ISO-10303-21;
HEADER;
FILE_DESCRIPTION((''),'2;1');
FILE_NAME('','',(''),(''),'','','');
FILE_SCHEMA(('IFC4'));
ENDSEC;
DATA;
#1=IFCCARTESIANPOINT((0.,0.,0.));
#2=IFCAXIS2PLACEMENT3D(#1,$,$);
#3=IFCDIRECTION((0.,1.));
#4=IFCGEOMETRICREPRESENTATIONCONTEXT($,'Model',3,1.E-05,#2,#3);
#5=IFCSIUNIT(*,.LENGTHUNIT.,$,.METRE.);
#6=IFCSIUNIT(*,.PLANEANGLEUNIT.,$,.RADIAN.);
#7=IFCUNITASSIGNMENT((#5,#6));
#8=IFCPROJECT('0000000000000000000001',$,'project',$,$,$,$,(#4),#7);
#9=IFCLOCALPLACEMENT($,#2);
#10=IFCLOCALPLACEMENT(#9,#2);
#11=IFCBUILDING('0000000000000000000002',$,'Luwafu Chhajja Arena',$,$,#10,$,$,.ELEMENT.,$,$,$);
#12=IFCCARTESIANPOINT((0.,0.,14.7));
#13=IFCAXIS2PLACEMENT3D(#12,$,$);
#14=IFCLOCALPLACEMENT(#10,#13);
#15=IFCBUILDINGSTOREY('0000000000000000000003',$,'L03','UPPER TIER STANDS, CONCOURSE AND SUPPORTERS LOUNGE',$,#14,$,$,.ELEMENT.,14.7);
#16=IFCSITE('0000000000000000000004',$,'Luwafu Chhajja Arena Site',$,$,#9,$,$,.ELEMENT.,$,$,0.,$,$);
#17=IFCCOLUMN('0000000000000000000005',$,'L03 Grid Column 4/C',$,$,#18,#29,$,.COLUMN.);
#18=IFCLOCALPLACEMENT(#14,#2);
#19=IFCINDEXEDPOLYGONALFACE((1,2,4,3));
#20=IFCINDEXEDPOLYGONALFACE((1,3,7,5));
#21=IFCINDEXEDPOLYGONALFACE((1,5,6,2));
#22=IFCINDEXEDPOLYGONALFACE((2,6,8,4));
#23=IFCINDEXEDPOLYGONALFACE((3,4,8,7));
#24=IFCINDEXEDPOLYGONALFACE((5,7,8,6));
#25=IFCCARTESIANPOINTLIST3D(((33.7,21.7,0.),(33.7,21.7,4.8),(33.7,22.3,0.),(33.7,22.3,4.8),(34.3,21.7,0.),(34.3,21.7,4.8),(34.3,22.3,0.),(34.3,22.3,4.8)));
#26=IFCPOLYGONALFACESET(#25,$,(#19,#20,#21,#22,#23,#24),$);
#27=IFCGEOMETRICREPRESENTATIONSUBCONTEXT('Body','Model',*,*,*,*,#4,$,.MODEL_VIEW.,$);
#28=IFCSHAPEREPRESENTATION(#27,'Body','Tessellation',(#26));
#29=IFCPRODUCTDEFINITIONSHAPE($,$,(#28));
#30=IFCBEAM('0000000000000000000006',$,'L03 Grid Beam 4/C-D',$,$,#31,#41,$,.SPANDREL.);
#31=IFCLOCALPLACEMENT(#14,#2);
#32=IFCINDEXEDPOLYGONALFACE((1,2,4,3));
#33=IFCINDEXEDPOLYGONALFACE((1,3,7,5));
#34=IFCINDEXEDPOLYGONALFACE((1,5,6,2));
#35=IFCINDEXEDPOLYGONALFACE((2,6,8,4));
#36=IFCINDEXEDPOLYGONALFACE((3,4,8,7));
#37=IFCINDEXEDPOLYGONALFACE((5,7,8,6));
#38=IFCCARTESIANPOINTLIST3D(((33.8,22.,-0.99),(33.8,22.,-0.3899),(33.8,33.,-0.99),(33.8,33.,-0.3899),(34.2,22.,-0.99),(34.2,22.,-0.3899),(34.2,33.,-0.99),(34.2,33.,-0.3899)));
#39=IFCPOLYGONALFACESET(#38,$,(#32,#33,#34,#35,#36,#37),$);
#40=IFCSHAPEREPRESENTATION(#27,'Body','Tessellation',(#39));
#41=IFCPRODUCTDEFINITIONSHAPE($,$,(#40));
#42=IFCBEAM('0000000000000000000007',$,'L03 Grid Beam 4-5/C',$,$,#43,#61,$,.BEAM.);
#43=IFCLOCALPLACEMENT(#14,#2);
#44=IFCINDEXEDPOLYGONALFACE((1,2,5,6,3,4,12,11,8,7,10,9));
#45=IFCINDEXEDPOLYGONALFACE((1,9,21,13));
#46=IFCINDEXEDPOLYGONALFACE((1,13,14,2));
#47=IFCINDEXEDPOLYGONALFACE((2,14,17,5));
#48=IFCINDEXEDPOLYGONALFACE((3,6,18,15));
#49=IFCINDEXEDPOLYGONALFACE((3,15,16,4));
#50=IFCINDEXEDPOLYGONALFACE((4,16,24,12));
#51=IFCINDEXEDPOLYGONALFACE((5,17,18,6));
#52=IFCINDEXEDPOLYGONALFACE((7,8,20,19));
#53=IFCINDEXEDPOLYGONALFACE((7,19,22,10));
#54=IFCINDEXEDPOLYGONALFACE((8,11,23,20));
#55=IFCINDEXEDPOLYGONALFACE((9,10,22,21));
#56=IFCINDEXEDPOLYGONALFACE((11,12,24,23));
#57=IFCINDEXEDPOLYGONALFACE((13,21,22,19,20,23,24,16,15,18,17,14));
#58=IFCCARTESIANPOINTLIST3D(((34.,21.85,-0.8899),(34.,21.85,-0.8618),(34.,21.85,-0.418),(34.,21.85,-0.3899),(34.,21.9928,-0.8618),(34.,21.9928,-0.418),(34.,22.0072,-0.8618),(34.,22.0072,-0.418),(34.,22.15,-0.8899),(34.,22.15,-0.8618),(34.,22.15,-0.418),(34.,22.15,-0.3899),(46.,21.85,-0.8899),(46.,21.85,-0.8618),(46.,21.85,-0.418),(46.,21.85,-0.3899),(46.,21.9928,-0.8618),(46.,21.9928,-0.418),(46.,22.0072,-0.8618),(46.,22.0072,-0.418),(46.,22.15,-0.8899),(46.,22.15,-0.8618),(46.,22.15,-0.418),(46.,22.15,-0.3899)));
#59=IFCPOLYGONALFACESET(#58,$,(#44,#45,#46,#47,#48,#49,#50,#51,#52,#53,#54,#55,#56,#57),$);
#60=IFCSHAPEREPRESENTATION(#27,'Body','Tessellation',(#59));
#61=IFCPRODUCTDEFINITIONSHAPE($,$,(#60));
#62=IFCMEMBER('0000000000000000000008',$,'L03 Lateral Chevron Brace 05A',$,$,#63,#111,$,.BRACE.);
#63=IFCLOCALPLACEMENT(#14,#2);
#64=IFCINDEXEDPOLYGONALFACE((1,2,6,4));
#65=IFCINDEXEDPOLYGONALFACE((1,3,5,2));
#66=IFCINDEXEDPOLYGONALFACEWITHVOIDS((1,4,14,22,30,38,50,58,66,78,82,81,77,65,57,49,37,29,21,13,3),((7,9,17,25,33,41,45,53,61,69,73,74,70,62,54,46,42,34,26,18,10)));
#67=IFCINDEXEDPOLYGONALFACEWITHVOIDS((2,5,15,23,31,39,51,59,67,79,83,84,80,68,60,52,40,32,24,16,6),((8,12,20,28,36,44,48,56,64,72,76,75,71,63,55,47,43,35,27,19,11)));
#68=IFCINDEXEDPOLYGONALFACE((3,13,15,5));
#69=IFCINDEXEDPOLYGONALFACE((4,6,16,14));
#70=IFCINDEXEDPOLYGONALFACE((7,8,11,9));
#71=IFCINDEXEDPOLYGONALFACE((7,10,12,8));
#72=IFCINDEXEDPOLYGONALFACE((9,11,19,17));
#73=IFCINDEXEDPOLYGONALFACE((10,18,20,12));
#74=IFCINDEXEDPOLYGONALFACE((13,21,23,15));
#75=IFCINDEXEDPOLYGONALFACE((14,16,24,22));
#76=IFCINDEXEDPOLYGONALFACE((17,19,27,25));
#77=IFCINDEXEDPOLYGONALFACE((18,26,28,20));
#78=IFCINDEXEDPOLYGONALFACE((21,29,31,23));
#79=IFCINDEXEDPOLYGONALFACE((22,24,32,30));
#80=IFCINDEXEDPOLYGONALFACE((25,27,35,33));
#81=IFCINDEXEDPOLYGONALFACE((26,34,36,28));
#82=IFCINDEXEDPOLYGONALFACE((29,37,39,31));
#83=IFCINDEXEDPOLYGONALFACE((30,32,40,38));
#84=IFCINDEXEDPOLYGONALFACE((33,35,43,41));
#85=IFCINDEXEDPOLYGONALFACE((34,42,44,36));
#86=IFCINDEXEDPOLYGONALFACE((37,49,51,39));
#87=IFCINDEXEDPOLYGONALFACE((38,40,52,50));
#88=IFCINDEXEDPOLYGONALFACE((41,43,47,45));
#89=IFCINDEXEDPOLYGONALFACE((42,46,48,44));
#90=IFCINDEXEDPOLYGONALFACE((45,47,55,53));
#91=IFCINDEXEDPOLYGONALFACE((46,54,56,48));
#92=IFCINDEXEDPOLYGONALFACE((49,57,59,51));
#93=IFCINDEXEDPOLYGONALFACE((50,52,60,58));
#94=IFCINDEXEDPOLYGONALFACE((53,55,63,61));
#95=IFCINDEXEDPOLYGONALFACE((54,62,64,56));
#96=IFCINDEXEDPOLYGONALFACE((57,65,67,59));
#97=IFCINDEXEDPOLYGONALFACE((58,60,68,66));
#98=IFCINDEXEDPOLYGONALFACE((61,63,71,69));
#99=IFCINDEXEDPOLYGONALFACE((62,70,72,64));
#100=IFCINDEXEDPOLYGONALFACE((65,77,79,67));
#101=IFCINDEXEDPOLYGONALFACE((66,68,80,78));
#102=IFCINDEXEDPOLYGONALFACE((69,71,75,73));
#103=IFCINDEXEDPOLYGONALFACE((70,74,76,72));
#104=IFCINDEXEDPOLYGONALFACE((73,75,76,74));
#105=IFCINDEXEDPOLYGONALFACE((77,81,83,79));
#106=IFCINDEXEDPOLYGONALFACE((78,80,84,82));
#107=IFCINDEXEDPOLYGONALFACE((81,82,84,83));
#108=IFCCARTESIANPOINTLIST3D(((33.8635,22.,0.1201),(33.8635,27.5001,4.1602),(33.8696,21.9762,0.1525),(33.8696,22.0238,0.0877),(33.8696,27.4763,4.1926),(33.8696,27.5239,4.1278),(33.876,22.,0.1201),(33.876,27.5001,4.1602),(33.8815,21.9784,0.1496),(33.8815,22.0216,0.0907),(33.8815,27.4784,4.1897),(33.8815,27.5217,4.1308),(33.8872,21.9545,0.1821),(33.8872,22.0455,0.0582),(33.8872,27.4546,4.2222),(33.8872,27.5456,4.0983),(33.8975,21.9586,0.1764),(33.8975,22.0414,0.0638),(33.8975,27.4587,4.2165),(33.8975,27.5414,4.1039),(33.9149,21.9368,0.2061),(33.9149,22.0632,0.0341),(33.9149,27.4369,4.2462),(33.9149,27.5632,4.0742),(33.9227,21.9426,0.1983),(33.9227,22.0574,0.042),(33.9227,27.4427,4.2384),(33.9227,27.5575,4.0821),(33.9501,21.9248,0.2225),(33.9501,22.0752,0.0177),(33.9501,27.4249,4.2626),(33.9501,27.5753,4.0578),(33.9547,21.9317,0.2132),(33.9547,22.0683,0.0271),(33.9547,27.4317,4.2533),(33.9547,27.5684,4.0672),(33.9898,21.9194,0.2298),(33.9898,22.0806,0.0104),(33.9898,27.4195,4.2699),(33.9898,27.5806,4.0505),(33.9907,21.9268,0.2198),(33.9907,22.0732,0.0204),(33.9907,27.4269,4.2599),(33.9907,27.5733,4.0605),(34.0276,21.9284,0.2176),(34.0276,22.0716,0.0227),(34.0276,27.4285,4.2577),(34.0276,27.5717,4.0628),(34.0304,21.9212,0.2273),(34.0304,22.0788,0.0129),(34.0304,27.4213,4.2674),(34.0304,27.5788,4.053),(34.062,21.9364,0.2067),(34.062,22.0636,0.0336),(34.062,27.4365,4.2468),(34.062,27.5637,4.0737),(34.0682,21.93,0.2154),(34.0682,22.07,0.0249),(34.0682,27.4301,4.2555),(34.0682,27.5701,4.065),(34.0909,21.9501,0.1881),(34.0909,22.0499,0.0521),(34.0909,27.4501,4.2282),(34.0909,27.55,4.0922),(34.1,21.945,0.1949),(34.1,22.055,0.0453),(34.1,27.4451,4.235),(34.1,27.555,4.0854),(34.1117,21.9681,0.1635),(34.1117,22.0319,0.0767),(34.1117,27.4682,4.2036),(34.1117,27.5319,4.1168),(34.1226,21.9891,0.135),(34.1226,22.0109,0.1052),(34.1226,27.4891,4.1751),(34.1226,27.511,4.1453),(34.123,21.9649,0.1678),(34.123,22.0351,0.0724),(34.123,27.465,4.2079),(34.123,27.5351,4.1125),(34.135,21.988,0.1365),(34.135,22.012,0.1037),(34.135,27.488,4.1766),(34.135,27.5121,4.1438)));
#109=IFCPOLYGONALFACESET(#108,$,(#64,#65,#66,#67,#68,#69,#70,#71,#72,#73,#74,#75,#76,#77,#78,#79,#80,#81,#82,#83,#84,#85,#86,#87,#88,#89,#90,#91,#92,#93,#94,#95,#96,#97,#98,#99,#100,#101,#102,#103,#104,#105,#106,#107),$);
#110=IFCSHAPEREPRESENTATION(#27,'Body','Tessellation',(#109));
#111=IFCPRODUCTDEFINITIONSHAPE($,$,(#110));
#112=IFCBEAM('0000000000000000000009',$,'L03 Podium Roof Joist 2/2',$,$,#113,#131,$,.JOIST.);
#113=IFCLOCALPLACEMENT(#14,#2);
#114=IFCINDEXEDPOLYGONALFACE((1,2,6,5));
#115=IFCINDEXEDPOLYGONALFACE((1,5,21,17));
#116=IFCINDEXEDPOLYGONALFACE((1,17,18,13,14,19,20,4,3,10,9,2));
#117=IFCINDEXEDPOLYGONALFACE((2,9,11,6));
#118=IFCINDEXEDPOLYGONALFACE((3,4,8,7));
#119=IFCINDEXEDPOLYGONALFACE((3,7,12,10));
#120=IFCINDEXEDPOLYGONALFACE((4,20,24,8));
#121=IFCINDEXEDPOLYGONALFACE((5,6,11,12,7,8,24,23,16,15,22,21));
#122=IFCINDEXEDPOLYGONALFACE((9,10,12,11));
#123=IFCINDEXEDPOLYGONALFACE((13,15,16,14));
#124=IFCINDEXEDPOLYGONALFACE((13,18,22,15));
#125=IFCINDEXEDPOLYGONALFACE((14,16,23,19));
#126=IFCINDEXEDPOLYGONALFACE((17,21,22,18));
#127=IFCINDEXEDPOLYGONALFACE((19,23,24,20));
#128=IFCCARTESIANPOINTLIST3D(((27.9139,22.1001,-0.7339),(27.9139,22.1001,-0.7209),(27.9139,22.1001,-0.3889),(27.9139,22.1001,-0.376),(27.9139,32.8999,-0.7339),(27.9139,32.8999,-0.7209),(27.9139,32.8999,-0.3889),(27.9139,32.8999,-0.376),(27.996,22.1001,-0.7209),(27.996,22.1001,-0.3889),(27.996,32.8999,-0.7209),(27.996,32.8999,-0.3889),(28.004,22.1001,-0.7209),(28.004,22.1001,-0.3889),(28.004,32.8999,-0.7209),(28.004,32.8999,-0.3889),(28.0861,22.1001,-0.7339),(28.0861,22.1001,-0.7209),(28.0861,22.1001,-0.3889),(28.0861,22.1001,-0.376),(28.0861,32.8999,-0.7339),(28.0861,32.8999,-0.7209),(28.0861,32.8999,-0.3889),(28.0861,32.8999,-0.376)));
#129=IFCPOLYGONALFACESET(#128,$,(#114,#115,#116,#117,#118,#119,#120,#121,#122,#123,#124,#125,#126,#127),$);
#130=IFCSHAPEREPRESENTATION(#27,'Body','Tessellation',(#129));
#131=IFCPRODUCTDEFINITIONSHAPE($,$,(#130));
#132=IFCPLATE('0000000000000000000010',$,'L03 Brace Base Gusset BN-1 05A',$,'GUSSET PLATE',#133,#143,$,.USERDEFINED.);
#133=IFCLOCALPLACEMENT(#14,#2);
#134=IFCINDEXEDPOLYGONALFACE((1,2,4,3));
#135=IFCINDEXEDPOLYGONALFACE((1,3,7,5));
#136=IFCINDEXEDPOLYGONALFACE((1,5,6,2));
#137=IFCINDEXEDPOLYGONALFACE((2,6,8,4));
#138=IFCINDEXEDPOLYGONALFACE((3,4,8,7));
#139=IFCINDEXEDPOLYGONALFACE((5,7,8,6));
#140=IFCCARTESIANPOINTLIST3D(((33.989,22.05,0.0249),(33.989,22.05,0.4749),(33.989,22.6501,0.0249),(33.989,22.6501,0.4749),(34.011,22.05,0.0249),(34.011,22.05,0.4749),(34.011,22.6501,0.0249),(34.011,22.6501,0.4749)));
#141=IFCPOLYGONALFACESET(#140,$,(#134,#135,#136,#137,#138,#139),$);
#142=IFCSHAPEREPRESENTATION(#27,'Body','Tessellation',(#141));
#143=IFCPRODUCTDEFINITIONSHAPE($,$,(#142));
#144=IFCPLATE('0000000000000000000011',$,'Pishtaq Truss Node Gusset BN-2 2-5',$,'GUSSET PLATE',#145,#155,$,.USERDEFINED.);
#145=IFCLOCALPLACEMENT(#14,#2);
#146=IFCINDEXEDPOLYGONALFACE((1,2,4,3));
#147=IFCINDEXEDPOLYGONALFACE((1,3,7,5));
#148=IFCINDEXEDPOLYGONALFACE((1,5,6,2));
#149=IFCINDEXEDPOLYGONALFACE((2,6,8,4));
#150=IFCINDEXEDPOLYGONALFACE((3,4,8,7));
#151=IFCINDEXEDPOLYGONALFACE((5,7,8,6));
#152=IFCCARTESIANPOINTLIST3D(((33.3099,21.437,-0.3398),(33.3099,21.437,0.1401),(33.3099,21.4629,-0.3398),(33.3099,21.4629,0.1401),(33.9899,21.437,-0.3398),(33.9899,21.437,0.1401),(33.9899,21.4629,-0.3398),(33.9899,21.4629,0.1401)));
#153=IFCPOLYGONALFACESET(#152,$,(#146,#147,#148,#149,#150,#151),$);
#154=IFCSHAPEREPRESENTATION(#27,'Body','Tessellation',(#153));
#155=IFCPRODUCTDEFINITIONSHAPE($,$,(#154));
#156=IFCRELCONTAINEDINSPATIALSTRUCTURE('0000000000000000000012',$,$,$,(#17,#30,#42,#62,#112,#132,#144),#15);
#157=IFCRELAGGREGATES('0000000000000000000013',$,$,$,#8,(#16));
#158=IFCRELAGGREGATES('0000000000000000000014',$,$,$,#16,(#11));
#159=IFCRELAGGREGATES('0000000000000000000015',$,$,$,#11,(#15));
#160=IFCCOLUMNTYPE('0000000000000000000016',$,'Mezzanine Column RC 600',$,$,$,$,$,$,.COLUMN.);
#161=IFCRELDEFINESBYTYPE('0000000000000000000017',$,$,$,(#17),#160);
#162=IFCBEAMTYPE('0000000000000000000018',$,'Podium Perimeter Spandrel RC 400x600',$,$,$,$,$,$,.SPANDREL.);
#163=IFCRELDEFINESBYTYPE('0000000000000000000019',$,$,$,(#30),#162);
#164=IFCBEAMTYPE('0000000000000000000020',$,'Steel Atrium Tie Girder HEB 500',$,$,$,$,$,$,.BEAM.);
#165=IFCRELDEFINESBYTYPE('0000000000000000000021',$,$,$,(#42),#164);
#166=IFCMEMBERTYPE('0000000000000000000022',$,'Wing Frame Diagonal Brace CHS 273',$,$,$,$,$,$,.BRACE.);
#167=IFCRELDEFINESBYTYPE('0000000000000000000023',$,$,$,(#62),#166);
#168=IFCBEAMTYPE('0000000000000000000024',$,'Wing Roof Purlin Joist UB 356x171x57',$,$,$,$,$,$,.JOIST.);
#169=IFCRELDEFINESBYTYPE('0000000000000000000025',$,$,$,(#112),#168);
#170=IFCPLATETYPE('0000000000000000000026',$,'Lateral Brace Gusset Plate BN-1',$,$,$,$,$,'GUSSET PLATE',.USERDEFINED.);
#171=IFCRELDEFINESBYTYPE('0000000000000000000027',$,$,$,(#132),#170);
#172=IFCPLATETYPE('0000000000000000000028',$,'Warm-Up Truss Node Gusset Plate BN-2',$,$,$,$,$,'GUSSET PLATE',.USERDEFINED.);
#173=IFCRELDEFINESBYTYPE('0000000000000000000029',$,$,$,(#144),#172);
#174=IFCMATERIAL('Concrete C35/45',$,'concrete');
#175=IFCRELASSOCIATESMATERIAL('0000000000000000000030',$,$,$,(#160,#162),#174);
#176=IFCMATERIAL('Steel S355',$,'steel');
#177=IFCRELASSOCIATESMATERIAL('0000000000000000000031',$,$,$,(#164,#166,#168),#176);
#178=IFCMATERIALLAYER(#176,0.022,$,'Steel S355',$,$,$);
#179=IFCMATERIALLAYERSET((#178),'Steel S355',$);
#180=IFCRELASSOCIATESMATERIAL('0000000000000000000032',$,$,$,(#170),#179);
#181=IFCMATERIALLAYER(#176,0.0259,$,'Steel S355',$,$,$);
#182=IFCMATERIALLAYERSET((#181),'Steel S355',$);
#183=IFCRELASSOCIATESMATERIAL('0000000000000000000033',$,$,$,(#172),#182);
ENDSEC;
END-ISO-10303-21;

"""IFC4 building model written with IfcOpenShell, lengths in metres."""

from ifc_helpers import new_model, si_unit, direction, frame, origin, origin_2d, place, context, subcontext, project, spatial, rectangle, hollow_circle, i_section, extrude, material, layer, layer_set, material_profile, profile_set, type_object, element, save


model = new_model("IFC4")

# Units and contexts
model_context = context("Model", 3, precision=1e-05, world=origin(), true_north=direction((0.0, 1.0)))
body_context = subcontext(model_context, "Body", "Model", "MODEL_VIEW")
ifc_project = project(units=[si_unit("LENGTHUNIT", "METRE"), si_unit("PLANEANGLEUNIT", "RADIAN")], contexts=[model_context])

# Site, building, storey
site_placement = place(None, origin())
site = spatial("IfcSite", under=ifc_project, at=site_placement, Name="Luwafu Chhajja Arena Site", CompositionType="ELEMENT", RefElevation=0.0)
building_placement = place(site_placement, origin())
building = spatial("IfcBuilding", under=site, at=building_placement, Name="Luwafu Chhajja Arena", CompositionType="ELEMENT")
storey_placement = place(building_placement, frame((0.0, 0.0, 14.7)))
storey = spatial("IfcBuildingStorey", under=building, at=storey_placement, Name="L03", Description="UPPER TIER STANDS, CONCOURSE AND SUPPORTERS LOUNGE", CompositionType="ELEMENT", Elevation=14.7)

# Column
ifc_material_1 = material(Name="Concrete C35/45", Category="concrete")
ifc_material_profile_1 = material_profile(ifc_material_1, rectangle(XDim=0.6001, YDim=0.6001, at=origin_2d()), Name="RC 600x600")
ifc_profile_set_1 = profile_set([ifc_material_profile_1], Name="Concrete C35/45")
column_type = type_object("IfcColumnType", Name="Mezzanine Column RC 600", PredefinedType="COLUMN", material=ifc_profile_set_1)
column_placement = place(storey_placement, frame((34.0, 22.0, 0.0), z_axis=(0.0, 0.0, 1.0), x_axis=(1.0, 0.0, 0.0)))
element("IfcColumn", 1, at=column_placement, inside=storey, type_object=column_type, Name="L03 Grid Column 4/C", PredefinedType="COLUMN", context=body_context, shape_type="SweptSolid", body=[
    extrude(rectangle(XDim=0.6001, YDim=0.6001, at=origin_2d()), origin(), (0.0, 0.0, 1.0), 4.8),
])

# Beams
ifc_material_profile_2 = material_profile(ifc_material_1, rectangle(XDim=0.3999, YDim=0.6001, at=origin_2d()), Name="RC 400x600")
ifc_profile_set_2 = profile_set([ifc_material_profile_2], Name="Concrete C35/45")
beam_type_1 = type_object("IfcBeamType", Name="Podium Perimeter Spandrel RC 400x600", PredefinedType="SPANDREL", material=ifc_profile_set_2)
beam_1_placement = place(storey_placement, frame((34.0, 22.0, -0.6899), z_axis=(0.0, 1.0, 0.0), x_axis=(-1.0, 0.0, 0.0)))
element("IfcBeam", 2, at=beam_1_placement, inside=storey, type_object=beam_type_1, Name="L03 Grid Beam 4/C-D", PredefinedType="SPANDREL", context=body_context, shape_type="SweptSolid", body=[
    extrude(rectangle(XDim=0.3999, YDim=0.6001, at=origin_2d()), origin(), (0.0, 0.0, 1.0), 11.0),
])
ifc_material_2 = material(Name="Steel S355", Category="steel")
ifc_material_profile_3 = material_profile(ifc_material_2, i_section(OverallWidth=0.3, OverallDepth=0.5, WebThickness=0.0144, FlangeThickness=0.0281, at=origin_2d()), Name="HEB 500")
ifc_profile_set_3 = profile_set([ifc_material_profile_3], Name="Steel S355")
beam_type_2 = type_object("IfcBeamType", Name="Steel Atrium Tie Girder HEB 500", PredefinedType="BEAM", material=ifc_profile_set_3)
beam_2_placement = place(storey_placement, frame((34.0, 22.0, -0.6399), z_axis=(1.0, 0.0, 0.0), x_axis=(0.0, 1.0, 0.0)))
element("IfcBeam", 3, at=beam_2_placement, inside=storey, type_object=beam_type_2, Name="L03 Grid Beam 4-5/C", PredefinedType="BEAM", context=body_context, shape_type="SweptSolid", body=[
    extrude(i_section(OverallWidth=0.3, OverallDepth=0.5, WebThickness=0.0144, FlangeThickness=0.0281, at=origin_2d()), origin(), (0.0, 0.0, 1.0), 12.0),
])

# Member
ifc_material_profile_4 = material_profile(ifc_material_2, hollow_circle(Radius=0.1365, WallThickness=0.0125, at=origin_2d()), Name="CHS 273x12.5")
ifc_profile_set_4 = profile_set([ifc_material_profile_4], Name="Steel S355")
member_type = type_object("IfcMemberType", Name="Wing Frame Diagonal Brace CHS 273", PredefinedType="BRACE", material=ifc_profile_set_4)
member_placement = place(storey_placement, frame((34.0, 22.0, 0.1201), z_axis=(0.0, 0.805936, 0.592002), x_axis=(-1.0, 0.0, 0.0)))
element("IfcMember", 4, at=member_placement, inside=storey, type_object=member_type, Name="L03 Lateral Chevron Brace 05A", PredefinedType="BRACE", context=body_context, shape_type="SweptSolid", body=[
    extrude(hollow_circle(Radius=0.1365, WallThickness=0.0125, at=origin_2d()), origin(), (0.0, 0.0, 1.0), 6.8245),
])

# Beam
ifc_material_profile_5 = material_profile(ifc_material_2, i_section(OverallWidth=0.1721, OverallDepth=0.3579, WebThickness=0.0081, FlangeThickness=0.0129, at=origin_2d()), Name="UB 356x171x57")
ifc_profile_set_5 = profile_set([ifc_material_profile_5], Name="Steel S355")
beam_type_3 = type_object("IfcBeamType", Name="Wing Roof Purlin Joist UB 356x171x57", PredefinedType="JOIST", material=ifc_profile_set_5)
beam_3_placement = place(storey_placement, frame((28.0, 22.1001, -0.5549), z_axis=(0.0, 1.0, 0.0), x_axis=(-1.0, 0.0, 0.0)))
element("IfcBeam", 5, at=beam_3_placement, inside=storey, type_object=beam_type_3, Name="L03 Podium Roof Joist 2/2", PredefinedType="JOIST", context=body_context, shape_type="SweptSolid", body=[
    extrude(i_section(OverallWidth=0.1721, OverallDepth=0.3579, WebThickness=0.0081, FlangeThickness=0.0129, at=origin_2d()), origin(), (0.0, 0.0, 1.0), 10.7998),
])

# Plates
ifc_layer_1 = layer(ifc_material_2, 0.022, Name="Steel S355")
ifc_layer_set_1 = layer_set([ifc_layer_1], Name="Steel S355")
plate_type_1 = type_object("IfcPlateType", Name="Lateral Brace Gusset Plate BN-1", ElementType="GUSSET PLATE", PredefinedType="USERDEFINED", material=ifc_layer_set_1)
plate_1_placement = place(storey_placement, frame((34.0, 22.3501, 0.0249), z_axis=(0.0, 0.0, 1.0), x_axis=(1.0, 0.0, 0.0)))
element("IfcPlate", 6, at=plate_1_placement, inside=storey, type_object=plate_type_1, Name="L03 Brace Base Gusset BN-1 05A", ObjectType="GUSSET PLATE", PredefinedType="USERDEFINED", context=body_context, shape_type="SweptSolid", body=[
    extrude(rectangle(XDim=0.022, YDim=0.6001, at=origin_2d()), origin(), (0.0, 0.0, 1.0), 0.45),
])
ifc_layer_2 = layer(ifc_material_2, 0.0259, Name="Steel S355")
ifc_layer_set_2 = layer_set([ifc_layer_2], Name="Steel S355")
plate_type_2 = type_object("IfcPlateType", Name="Warm-Up Truss Node Gusset Plate BN-2", ElementType="GUSSET PLATE", PredefinedType="USERDEFINED", material=ifc_layer_set_2)
plate_2_placement = place(storey_placement, frame((33.6499, 21.45, -0.3398), z_axis=(0.0, 0.0, 1.0), x_axis=(1.0, 0.0, 0.0)))
element("IfcPlate", 7, at=plate_2_placement, inside=storey, type_object=plate_type_2, Name="Pishtaq Truss Node Gusset BN-2 2-5", ObjectType="GUSSET PLATE", PredefinedType="USERDEFINED", context=body_context, shape_type="SweptSolid", body=[
    extrude(rectangle(XDim=0.6799, YDim=0.0259, at=origin_2d()), origin(), (0.0, 0.0, 1.0), 0.48),
])

save(model, "model.ifc")
